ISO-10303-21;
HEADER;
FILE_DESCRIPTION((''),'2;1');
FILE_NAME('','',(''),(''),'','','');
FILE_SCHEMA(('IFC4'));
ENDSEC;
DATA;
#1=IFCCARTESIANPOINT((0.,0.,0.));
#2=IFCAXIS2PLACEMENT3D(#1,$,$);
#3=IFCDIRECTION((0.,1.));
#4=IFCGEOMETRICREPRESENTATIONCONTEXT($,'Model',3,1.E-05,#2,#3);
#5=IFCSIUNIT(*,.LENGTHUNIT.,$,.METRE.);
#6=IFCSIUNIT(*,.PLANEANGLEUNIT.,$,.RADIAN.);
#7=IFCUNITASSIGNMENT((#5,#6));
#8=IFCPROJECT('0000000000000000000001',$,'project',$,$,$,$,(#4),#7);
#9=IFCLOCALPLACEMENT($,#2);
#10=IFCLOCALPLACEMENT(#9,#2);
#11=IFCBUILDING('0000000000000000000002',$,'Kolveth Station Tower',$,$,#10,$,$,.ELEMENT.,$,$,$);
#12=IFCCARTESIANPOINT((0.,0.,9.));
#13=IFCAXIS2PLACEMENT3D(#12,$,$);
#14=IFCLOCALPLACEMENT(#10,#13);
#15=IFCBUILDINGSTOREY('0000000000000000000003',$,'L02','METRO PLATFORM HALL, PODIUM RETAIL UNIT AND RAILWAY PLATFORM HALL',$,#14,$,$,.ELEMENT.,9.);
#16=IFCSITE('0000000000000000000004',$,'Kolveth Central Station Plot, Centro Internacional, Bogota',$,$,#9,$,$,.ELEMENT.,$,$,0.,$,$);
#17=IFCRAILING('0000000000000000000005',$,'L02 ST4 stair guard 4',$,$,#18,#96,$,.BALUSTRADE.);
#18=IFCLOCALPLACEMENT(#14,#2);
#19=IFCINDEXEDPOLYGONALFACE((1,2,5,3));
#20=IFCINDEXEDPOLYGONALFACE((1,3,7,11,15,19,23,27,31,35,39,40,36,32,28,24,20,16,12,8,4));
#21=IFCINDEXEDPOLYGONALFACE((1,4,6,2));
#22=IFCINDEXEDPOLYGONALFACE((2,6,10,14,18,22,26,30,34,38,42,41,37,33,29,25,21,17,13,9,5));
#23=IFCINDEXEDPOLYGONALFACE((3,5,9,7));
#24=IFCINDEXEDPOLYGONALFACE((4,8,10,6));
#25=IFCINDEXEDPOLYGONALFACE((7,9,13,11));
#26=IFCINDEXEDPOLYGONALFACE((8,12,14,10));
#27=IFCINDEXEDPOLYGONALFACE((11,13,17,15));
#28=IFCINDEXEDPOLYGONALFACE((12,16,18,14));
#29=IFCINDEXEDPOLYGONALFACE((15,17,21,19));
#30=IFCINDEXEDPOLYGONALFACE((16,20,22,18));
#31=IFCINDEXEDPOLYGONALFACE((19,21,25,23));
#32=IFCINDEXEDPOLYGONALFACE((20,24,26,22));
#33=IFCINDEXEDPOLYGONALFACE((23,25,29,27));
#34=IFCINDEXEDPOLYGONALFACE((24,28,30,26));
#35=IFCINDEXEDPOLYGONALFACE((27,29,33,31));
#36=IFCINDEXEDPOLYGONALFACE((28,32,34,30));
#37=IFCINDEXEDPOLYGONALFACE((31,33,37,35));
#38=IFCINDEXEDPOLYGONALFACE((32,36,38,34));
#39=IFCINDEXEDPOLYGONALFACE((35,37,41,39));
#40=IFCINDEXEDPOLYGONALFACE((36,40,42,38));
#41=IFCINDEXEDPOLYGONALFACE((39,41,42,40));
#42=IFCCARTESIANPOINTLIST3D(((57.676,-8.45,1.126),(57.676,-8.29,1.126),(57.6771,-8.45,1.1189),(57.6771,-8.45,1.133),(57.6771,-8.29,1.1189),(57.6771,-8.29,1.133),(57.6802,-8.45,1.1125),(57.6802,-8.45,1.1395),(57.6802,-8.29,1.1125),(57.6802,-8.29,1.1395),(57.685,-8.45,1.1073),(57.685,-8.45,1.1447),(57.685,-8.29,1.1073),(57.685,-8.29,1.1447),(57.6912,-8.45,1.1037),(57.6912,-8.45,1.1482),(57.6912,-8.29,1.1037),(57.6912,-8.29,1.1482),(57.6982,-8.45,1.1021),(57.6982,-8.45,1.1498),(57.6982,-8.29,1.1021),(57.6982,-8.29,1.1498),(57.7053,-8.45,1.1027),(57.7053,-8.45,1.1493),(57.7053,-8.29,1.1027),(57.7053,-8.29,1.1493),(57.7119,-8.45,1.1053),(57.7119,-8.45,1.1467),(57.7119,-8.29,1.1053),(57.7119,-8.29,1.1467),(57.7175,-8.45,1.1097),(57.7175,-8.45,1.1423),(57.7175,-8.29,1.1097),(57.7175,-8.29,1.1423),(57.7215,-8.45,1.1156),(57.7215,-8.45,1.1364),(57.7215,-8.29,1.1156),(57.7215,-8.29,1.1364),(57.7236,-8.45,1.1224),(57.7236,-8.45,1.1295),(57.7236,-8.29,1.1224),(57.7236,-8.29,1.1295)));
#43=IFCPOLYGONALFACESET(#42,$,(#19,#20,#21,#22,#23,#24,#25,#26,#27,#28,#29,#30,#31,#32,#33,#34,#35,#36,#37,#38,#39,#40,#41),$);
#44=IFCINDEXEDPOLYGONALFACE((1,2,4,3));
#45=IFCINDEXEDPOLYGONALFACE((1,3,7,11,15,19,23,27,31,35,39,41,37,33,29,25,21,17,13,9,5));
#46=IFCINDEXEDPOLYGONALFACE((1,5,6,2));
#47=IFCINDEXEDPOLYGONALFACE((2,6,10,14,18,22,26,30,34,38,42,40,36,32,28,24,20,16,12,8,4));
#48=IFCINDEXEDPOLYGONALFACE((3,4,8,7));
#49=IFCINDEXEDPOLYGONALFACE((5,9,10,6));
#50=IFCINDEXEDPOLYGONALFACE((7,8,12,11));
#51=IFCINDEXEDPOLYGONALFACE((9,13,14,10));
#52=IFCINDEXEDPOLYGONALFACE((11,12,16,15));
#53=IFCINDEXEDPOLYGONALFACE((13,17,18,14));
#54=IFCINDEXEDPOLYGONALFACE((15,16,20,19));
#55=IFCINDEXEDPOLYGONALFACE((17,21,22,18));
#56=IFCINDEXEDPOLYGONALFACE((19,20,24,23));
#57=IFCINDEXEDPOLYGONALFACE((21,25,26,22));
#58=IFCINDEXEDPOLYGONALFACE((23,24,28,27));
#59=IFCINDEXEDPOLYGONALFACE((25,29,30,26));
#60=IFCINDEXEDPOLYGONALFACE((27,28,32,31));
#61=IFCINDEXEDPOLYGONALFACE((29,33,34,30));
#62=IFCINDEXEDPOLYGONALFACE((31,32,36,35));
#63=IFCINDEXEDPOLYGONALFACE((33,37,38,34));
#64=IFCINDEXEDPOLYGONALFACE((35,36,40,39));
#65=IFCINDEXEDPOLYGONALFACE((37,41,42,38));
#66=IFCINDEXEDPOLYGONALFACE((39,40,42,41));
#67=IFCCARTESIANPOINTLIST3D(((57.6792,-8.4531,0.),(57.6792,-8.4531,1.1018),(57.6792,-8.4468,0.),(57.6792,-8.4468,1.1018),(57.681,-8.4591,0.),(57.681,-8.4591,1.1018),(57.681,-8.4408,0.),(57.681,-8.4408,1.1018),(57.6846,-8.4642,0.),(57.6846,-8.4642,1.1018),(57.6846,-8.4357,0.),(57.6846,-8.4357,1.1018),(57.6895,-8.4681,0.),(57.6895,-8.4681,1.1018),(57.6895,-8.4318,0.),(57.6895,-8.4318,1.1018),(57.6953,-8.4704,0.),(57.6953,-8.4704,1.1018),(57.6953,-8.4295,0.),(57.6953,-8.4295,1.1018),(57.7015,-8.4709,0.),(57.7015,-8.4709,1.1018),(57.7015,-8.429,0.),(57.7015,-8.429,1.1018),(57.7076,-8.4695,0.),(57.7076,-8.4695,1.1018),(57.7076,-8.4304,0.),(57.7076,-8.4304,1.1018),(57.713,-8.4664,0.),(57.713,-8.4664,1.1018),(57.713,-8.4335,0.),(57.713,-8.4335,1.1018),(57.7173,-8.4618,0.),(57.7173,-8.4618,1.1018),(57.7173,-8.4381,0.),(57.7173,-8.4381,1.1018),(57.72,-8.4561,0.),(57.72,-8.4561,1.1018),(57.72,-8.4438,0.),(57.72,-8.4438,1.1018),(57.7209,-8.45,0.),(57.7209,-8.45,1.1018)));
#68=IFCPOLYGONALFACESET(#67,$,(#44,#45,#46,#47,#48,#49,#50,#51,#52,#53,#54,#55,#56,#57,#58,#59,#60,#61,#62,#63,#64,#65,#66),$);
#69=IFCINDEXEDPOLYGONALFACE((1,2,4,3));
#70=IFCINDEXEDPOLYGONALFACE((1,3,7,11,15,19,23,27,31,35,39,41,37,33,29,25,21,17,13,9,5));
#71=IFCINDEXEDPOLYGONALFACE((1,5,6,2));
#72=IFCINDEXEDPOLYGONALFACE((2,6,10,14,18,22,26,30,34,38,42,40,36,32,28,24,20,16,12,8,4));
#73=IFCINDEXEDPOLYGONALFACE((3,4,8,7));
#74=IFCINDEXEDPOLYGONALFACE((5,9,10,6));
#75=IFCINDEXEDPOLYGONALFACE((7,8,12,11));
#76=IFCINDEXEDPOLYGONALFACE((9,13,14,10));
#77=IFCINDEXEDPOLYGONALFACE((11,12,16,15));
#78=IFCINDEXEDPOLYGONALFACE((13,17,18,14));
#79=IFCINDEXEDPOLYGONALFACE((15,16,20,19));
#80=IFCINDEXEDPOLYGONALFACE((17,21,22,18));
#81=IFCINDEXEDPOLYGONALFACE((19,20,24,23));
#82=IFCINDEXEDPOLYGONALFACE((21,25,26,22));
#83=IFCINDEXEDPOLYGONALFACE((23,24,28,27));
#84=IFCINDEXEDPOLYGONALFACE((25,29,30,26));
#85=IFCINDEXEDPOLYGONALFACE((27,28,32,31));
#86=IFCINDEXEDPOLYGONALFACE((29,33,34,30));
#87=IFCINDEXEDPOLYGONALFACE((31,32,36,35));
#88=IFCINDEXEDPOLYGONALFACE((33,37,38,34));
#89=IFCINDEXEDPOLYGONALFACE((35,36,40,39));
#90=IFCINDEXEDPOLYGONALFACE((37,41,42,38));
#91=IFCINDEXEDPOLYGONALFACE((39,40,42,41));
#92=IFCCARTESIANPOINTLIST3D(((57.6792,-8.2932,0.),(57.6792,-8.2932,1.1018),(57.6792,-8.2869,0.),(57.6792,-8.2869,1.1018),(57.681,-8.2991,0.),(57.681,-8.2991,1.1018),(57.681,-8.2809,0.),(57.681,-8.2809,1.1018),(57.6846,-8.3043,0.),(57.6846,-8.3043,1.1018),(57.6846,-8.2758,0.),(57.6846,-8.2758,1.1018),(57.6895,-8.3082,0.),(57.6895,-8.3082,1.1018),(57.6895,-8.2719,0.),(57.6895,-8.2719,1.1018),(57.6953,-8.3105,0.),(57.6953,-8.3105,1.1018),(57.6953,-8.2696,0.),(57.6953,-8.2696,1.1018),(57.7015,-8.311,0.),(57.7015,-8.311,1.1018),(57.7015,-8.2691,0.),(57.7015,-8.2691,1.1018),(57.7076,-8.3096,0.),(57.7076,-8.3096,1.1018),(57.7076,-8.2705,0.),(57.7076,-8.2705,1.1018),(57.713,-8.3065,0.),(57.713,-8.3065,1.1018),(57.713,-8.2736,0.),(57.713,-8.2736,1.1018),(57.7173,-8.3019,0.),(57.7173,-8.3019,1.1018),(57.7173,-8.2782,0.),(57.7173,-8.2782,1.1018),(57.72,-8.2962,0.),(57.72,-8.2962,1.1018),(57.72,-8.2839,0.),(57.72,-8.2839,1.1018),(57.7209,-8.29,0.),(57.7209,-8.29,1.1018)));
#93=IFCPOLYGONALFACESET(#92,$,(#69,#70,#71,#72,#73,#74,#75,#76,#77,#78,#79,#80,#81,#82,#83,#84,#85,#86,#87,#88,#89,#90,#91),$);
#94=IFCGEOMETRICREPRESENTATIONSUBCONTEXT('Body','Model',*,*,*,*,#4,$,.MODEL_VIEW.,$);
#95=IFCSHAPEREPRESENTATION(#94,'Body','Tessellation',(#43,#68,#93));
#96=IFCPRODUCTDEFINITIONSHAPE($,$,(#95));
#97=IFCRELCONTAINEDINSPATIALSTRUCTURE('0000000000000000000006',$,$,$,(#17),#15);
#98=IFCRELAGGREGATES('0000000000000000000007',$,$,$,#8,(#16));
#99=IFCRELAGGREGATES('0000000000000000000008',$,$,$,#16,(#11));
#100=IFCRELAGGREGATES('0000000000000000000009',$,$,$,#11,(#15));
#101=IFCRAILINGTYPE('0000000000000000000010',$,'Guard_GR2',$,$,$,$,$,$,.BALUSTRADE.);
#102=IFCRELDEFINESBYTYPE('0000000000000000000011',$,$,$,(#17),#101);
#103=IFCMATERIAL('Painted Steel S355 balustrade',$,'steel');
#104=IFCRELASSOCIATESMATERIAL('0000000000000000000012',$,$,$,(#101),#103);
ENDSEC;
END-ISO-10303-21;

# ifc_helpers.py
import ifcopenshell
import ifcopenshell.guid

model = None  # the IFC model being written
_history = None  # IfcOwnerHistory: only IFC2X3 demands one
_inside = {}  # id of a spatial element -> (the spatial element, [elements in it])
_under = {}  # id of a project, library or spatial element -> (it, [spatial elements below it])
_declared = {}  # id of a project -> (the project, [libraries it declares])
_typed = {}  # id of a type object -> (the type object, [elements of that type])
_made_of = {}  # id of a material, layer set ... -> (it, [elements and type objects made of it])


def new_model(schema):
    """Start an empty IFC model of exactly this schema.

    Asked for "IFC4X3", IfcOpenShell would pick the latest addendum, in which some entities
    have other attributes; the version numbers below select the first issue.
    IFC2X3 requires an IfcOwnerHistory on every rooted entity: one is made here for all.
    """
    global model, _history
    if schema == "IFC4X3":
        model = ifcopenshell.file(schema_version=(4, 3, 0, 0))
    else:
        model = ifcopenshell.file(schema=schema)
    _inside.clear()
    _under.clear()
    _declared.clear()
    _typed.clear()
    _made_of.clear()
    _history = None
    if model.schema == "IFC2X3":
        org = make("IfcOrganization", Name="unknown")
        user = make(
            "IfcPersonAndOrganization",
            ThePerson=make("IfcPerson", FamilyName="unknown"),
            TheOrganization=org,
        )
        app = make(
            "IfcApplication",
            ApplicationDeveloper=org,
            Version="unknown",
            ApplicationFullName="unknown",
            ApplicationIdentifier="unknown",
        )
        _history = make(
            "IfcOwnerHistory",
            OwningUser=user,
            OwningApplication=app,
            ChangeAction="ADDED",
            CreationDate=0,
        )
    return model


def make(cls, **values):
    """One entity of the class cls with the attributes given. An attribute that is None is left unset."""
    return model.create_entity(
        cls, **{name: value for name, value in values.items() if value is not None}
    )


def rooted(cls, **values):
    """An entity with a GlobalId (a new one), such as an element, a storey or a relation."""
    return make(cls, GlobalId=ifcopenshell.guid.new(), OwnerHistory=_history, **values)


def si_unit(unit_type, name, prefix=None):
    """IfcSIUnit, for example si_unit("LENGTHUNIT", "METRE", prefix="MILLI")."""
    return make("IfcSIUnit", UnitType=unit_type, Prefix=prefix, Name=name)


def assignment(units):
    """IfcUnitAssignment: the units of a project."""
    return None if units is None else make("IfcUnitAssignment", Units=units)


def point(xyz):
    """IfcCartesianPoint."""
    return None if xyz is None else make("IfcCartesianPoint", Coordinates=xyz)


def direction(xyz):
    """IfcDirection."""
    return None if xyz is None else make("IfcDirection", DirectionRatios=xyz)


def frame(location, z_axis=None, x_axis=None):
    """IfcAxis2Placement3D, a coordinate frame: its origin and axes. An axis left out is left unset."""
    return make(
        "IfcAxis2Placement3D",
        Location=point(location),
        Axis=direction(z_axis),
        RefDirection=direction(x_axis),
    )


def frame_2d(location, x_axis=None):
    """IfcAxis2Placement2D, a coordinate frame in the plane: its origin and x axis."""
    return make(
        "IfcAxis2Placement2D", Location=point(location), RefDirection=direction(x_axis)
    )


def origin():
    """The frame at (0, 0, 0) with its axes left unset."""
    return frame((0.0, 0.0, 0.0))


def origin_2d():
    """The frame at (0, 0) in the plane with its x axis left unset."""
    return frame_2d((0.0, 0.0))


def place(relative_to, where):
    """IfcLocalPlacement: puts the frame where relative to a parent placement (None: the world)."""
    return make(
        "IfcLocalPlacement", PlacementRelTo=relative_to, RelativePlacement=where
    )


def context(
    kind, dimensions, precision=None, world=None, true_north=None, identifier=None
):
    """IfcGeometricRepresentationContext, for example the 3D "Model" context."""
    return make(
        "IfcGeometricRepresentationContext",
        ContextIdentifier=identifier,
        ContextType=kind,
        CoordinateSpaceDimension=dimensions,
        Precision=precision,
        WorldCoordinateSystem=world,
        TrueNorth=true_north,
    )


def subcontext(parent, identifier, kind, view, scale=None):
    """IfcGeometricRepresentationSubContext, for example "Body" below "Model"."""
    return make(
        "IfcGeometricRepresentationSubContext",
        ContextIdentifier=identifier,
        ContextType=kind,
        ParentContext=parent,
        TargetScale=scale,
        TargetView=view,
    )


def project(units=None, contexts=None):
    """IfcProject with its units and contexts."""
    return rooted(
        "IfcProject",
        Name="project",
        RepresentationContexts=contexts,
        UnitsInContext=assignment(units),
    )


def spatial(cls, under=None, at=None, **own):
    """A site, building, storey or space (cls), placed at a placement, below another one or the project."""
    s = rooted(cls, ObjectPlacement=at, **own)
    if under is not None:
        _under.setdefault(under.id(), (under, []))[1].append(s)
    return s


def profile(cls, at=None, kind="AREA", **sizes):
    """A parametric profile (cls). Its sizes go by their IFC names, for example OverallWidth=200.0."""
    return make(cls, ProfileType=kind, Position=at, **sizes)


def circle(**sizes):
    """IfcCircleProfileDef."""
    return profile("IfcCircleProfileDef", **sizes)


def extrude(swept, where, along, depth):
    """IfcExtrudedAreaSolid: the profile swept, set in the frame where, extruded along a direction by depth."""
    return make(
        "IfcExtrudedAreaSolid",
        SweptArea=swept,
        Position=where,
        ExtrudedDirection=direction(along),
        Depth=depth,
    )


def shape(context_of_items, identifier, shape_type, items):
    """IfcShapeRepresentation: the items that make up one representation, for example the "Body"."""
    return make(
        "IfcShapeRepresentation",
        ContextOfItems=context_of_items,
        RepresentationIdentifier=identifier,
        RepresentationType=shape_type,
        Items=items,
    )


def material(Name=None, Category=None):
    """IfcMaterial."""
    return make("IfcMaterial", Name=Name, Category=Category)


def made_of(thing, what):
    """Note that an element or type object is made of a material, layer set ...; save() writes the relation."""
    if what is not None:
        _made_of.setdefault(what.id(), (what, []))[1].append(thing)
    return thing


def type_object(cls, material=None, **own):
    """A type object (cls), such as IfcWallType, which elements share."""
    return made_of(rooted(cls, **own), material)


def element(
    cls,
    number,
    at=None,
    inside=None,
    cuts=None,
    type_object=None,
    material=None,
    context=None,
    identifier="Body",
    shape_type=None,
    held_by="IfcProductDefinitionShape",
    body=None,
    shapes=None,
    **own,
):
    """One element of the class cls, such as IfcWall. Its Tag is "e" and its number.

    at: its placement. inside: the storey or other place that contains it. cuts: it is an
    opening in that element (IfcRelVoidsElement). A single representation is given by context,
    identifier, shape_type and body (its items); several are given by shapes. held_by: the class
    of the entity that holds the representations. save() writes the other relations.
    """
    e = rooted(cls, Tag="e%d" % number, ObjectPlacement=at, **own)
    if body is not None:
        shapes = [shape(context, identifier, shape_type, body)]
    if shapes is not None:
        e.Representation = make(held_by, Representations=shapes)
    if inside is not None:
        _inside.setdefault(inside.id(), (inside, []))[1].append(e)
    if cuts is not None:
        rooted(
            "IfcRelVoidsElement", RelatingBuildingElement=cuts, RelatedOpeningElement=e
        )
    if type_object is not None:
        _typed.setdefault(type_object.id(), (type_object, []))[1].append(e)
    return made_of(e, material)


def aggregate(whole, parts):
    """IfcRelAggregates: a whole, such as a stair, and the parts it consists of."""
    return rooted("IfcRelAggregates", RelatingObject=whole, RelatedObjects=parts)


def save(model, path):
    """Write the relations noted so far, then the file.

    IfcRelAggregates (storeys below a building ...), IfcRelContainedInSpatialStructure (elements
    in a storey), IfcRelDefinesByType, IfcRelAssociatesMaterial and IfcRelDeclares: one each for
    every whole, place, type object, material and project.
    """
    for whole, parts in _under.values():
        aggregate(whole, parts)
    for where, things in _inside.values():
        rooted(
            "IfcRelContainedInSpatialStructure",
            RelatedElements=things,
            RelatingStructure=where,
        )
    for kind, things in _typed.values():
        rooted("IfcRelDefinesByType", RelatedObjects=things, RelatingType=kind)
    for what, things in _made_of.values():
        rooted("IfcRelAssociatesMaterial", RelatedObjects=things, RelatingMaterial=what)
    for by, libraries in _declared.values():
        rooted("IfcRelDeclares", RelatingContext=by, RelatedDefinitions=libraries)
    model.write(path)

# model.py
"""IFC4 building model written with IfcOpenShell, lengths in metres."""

from ifc_helpers import new_model, si_unit, direction, frame, origin, origin_2d, place, context, subcontext, project, spatial, circle, extrude, material, type_object, element, save


model = new_model("IFC4")

# Units and contexts
model_context = context("Model", 3, precision=1e-05, world=origin(), true_north=direction((0.0, 1.0)))
body_context = subcontext(model_context, "Body", "Model", "MODEL_VIEW")
ifc_project = project(units=[si_unit("LENGTHUNIT", "METRE"), si_unit("PLANEANGLEUNIT", "RADIAN")], contexts=[model_context])

# Site, building, storey
site_placement = place(None, origin())
site = spatial("IfcSite", under=ifc_project, at=site_placement, Name="Kolveth Central Station Plot, Centro Internacional, Bogota", CompositionType="ELEMENT", RefElevation=0.0)
building_placement = place(site_placement, origin())
building = spatial("IfcBuilding", under=site, at=building_placement, Name="Kolveth Station Tower", CompositionType="ELEMENT")
storey_placement = place(building_placement, frame((0.0, 0.0, 9.0)))
storey = spatial("IfcBuildingStorey", under=building, at=storey_placement, Name="L02", Description="METRO PLATFORM HALL, PODIUM RETAIL UNIT AND RAILWAY PLATFORM HALL", CompositionType="ELEMENT", Elevation=9.0)

# Railing
ifc_material_1 = material(Name="Painted Steel S355 balustrade", Category="steel")
railing_type_1 = type_object("IfcRailingType", Name="Guard_GR2", PredefinedType="BALUSTRADE", material=ifc_material_1)
railing_1_placement = place(storey_placement, frame((57.7, -8.45, 0.0)))
element("IfcRailing", 1, at=railing_1_placement, inside=storey, type_object=railing_type_1, Name="L02 ST4 stair guard 4", PredefinedType="BALUSTRADE", context=body_context, shape_type="SweptSolid", body=[
    extrude(circle(Radius=0.0239, at=origin_2d()), frame((0.0, 0.0, 1.126), z_axis=(0.0, 1.0, 0.0), x_axis=(-1.0, 0.0, 0.0)), (0.0, 0.0, 1.0), 0.1599),
    extrude(circle(Radius=0.021, at=origin_2d()), origin(), (0.0, 0.0, 1.0), 1.1018),
    extrude(circle(Radius=0.021, at=origin_2d()), frame((0.0, 0.1599, 0.0)), (0.0, 0.0, 1.0), 1.1018),
])

save(model, "model.ifc")
